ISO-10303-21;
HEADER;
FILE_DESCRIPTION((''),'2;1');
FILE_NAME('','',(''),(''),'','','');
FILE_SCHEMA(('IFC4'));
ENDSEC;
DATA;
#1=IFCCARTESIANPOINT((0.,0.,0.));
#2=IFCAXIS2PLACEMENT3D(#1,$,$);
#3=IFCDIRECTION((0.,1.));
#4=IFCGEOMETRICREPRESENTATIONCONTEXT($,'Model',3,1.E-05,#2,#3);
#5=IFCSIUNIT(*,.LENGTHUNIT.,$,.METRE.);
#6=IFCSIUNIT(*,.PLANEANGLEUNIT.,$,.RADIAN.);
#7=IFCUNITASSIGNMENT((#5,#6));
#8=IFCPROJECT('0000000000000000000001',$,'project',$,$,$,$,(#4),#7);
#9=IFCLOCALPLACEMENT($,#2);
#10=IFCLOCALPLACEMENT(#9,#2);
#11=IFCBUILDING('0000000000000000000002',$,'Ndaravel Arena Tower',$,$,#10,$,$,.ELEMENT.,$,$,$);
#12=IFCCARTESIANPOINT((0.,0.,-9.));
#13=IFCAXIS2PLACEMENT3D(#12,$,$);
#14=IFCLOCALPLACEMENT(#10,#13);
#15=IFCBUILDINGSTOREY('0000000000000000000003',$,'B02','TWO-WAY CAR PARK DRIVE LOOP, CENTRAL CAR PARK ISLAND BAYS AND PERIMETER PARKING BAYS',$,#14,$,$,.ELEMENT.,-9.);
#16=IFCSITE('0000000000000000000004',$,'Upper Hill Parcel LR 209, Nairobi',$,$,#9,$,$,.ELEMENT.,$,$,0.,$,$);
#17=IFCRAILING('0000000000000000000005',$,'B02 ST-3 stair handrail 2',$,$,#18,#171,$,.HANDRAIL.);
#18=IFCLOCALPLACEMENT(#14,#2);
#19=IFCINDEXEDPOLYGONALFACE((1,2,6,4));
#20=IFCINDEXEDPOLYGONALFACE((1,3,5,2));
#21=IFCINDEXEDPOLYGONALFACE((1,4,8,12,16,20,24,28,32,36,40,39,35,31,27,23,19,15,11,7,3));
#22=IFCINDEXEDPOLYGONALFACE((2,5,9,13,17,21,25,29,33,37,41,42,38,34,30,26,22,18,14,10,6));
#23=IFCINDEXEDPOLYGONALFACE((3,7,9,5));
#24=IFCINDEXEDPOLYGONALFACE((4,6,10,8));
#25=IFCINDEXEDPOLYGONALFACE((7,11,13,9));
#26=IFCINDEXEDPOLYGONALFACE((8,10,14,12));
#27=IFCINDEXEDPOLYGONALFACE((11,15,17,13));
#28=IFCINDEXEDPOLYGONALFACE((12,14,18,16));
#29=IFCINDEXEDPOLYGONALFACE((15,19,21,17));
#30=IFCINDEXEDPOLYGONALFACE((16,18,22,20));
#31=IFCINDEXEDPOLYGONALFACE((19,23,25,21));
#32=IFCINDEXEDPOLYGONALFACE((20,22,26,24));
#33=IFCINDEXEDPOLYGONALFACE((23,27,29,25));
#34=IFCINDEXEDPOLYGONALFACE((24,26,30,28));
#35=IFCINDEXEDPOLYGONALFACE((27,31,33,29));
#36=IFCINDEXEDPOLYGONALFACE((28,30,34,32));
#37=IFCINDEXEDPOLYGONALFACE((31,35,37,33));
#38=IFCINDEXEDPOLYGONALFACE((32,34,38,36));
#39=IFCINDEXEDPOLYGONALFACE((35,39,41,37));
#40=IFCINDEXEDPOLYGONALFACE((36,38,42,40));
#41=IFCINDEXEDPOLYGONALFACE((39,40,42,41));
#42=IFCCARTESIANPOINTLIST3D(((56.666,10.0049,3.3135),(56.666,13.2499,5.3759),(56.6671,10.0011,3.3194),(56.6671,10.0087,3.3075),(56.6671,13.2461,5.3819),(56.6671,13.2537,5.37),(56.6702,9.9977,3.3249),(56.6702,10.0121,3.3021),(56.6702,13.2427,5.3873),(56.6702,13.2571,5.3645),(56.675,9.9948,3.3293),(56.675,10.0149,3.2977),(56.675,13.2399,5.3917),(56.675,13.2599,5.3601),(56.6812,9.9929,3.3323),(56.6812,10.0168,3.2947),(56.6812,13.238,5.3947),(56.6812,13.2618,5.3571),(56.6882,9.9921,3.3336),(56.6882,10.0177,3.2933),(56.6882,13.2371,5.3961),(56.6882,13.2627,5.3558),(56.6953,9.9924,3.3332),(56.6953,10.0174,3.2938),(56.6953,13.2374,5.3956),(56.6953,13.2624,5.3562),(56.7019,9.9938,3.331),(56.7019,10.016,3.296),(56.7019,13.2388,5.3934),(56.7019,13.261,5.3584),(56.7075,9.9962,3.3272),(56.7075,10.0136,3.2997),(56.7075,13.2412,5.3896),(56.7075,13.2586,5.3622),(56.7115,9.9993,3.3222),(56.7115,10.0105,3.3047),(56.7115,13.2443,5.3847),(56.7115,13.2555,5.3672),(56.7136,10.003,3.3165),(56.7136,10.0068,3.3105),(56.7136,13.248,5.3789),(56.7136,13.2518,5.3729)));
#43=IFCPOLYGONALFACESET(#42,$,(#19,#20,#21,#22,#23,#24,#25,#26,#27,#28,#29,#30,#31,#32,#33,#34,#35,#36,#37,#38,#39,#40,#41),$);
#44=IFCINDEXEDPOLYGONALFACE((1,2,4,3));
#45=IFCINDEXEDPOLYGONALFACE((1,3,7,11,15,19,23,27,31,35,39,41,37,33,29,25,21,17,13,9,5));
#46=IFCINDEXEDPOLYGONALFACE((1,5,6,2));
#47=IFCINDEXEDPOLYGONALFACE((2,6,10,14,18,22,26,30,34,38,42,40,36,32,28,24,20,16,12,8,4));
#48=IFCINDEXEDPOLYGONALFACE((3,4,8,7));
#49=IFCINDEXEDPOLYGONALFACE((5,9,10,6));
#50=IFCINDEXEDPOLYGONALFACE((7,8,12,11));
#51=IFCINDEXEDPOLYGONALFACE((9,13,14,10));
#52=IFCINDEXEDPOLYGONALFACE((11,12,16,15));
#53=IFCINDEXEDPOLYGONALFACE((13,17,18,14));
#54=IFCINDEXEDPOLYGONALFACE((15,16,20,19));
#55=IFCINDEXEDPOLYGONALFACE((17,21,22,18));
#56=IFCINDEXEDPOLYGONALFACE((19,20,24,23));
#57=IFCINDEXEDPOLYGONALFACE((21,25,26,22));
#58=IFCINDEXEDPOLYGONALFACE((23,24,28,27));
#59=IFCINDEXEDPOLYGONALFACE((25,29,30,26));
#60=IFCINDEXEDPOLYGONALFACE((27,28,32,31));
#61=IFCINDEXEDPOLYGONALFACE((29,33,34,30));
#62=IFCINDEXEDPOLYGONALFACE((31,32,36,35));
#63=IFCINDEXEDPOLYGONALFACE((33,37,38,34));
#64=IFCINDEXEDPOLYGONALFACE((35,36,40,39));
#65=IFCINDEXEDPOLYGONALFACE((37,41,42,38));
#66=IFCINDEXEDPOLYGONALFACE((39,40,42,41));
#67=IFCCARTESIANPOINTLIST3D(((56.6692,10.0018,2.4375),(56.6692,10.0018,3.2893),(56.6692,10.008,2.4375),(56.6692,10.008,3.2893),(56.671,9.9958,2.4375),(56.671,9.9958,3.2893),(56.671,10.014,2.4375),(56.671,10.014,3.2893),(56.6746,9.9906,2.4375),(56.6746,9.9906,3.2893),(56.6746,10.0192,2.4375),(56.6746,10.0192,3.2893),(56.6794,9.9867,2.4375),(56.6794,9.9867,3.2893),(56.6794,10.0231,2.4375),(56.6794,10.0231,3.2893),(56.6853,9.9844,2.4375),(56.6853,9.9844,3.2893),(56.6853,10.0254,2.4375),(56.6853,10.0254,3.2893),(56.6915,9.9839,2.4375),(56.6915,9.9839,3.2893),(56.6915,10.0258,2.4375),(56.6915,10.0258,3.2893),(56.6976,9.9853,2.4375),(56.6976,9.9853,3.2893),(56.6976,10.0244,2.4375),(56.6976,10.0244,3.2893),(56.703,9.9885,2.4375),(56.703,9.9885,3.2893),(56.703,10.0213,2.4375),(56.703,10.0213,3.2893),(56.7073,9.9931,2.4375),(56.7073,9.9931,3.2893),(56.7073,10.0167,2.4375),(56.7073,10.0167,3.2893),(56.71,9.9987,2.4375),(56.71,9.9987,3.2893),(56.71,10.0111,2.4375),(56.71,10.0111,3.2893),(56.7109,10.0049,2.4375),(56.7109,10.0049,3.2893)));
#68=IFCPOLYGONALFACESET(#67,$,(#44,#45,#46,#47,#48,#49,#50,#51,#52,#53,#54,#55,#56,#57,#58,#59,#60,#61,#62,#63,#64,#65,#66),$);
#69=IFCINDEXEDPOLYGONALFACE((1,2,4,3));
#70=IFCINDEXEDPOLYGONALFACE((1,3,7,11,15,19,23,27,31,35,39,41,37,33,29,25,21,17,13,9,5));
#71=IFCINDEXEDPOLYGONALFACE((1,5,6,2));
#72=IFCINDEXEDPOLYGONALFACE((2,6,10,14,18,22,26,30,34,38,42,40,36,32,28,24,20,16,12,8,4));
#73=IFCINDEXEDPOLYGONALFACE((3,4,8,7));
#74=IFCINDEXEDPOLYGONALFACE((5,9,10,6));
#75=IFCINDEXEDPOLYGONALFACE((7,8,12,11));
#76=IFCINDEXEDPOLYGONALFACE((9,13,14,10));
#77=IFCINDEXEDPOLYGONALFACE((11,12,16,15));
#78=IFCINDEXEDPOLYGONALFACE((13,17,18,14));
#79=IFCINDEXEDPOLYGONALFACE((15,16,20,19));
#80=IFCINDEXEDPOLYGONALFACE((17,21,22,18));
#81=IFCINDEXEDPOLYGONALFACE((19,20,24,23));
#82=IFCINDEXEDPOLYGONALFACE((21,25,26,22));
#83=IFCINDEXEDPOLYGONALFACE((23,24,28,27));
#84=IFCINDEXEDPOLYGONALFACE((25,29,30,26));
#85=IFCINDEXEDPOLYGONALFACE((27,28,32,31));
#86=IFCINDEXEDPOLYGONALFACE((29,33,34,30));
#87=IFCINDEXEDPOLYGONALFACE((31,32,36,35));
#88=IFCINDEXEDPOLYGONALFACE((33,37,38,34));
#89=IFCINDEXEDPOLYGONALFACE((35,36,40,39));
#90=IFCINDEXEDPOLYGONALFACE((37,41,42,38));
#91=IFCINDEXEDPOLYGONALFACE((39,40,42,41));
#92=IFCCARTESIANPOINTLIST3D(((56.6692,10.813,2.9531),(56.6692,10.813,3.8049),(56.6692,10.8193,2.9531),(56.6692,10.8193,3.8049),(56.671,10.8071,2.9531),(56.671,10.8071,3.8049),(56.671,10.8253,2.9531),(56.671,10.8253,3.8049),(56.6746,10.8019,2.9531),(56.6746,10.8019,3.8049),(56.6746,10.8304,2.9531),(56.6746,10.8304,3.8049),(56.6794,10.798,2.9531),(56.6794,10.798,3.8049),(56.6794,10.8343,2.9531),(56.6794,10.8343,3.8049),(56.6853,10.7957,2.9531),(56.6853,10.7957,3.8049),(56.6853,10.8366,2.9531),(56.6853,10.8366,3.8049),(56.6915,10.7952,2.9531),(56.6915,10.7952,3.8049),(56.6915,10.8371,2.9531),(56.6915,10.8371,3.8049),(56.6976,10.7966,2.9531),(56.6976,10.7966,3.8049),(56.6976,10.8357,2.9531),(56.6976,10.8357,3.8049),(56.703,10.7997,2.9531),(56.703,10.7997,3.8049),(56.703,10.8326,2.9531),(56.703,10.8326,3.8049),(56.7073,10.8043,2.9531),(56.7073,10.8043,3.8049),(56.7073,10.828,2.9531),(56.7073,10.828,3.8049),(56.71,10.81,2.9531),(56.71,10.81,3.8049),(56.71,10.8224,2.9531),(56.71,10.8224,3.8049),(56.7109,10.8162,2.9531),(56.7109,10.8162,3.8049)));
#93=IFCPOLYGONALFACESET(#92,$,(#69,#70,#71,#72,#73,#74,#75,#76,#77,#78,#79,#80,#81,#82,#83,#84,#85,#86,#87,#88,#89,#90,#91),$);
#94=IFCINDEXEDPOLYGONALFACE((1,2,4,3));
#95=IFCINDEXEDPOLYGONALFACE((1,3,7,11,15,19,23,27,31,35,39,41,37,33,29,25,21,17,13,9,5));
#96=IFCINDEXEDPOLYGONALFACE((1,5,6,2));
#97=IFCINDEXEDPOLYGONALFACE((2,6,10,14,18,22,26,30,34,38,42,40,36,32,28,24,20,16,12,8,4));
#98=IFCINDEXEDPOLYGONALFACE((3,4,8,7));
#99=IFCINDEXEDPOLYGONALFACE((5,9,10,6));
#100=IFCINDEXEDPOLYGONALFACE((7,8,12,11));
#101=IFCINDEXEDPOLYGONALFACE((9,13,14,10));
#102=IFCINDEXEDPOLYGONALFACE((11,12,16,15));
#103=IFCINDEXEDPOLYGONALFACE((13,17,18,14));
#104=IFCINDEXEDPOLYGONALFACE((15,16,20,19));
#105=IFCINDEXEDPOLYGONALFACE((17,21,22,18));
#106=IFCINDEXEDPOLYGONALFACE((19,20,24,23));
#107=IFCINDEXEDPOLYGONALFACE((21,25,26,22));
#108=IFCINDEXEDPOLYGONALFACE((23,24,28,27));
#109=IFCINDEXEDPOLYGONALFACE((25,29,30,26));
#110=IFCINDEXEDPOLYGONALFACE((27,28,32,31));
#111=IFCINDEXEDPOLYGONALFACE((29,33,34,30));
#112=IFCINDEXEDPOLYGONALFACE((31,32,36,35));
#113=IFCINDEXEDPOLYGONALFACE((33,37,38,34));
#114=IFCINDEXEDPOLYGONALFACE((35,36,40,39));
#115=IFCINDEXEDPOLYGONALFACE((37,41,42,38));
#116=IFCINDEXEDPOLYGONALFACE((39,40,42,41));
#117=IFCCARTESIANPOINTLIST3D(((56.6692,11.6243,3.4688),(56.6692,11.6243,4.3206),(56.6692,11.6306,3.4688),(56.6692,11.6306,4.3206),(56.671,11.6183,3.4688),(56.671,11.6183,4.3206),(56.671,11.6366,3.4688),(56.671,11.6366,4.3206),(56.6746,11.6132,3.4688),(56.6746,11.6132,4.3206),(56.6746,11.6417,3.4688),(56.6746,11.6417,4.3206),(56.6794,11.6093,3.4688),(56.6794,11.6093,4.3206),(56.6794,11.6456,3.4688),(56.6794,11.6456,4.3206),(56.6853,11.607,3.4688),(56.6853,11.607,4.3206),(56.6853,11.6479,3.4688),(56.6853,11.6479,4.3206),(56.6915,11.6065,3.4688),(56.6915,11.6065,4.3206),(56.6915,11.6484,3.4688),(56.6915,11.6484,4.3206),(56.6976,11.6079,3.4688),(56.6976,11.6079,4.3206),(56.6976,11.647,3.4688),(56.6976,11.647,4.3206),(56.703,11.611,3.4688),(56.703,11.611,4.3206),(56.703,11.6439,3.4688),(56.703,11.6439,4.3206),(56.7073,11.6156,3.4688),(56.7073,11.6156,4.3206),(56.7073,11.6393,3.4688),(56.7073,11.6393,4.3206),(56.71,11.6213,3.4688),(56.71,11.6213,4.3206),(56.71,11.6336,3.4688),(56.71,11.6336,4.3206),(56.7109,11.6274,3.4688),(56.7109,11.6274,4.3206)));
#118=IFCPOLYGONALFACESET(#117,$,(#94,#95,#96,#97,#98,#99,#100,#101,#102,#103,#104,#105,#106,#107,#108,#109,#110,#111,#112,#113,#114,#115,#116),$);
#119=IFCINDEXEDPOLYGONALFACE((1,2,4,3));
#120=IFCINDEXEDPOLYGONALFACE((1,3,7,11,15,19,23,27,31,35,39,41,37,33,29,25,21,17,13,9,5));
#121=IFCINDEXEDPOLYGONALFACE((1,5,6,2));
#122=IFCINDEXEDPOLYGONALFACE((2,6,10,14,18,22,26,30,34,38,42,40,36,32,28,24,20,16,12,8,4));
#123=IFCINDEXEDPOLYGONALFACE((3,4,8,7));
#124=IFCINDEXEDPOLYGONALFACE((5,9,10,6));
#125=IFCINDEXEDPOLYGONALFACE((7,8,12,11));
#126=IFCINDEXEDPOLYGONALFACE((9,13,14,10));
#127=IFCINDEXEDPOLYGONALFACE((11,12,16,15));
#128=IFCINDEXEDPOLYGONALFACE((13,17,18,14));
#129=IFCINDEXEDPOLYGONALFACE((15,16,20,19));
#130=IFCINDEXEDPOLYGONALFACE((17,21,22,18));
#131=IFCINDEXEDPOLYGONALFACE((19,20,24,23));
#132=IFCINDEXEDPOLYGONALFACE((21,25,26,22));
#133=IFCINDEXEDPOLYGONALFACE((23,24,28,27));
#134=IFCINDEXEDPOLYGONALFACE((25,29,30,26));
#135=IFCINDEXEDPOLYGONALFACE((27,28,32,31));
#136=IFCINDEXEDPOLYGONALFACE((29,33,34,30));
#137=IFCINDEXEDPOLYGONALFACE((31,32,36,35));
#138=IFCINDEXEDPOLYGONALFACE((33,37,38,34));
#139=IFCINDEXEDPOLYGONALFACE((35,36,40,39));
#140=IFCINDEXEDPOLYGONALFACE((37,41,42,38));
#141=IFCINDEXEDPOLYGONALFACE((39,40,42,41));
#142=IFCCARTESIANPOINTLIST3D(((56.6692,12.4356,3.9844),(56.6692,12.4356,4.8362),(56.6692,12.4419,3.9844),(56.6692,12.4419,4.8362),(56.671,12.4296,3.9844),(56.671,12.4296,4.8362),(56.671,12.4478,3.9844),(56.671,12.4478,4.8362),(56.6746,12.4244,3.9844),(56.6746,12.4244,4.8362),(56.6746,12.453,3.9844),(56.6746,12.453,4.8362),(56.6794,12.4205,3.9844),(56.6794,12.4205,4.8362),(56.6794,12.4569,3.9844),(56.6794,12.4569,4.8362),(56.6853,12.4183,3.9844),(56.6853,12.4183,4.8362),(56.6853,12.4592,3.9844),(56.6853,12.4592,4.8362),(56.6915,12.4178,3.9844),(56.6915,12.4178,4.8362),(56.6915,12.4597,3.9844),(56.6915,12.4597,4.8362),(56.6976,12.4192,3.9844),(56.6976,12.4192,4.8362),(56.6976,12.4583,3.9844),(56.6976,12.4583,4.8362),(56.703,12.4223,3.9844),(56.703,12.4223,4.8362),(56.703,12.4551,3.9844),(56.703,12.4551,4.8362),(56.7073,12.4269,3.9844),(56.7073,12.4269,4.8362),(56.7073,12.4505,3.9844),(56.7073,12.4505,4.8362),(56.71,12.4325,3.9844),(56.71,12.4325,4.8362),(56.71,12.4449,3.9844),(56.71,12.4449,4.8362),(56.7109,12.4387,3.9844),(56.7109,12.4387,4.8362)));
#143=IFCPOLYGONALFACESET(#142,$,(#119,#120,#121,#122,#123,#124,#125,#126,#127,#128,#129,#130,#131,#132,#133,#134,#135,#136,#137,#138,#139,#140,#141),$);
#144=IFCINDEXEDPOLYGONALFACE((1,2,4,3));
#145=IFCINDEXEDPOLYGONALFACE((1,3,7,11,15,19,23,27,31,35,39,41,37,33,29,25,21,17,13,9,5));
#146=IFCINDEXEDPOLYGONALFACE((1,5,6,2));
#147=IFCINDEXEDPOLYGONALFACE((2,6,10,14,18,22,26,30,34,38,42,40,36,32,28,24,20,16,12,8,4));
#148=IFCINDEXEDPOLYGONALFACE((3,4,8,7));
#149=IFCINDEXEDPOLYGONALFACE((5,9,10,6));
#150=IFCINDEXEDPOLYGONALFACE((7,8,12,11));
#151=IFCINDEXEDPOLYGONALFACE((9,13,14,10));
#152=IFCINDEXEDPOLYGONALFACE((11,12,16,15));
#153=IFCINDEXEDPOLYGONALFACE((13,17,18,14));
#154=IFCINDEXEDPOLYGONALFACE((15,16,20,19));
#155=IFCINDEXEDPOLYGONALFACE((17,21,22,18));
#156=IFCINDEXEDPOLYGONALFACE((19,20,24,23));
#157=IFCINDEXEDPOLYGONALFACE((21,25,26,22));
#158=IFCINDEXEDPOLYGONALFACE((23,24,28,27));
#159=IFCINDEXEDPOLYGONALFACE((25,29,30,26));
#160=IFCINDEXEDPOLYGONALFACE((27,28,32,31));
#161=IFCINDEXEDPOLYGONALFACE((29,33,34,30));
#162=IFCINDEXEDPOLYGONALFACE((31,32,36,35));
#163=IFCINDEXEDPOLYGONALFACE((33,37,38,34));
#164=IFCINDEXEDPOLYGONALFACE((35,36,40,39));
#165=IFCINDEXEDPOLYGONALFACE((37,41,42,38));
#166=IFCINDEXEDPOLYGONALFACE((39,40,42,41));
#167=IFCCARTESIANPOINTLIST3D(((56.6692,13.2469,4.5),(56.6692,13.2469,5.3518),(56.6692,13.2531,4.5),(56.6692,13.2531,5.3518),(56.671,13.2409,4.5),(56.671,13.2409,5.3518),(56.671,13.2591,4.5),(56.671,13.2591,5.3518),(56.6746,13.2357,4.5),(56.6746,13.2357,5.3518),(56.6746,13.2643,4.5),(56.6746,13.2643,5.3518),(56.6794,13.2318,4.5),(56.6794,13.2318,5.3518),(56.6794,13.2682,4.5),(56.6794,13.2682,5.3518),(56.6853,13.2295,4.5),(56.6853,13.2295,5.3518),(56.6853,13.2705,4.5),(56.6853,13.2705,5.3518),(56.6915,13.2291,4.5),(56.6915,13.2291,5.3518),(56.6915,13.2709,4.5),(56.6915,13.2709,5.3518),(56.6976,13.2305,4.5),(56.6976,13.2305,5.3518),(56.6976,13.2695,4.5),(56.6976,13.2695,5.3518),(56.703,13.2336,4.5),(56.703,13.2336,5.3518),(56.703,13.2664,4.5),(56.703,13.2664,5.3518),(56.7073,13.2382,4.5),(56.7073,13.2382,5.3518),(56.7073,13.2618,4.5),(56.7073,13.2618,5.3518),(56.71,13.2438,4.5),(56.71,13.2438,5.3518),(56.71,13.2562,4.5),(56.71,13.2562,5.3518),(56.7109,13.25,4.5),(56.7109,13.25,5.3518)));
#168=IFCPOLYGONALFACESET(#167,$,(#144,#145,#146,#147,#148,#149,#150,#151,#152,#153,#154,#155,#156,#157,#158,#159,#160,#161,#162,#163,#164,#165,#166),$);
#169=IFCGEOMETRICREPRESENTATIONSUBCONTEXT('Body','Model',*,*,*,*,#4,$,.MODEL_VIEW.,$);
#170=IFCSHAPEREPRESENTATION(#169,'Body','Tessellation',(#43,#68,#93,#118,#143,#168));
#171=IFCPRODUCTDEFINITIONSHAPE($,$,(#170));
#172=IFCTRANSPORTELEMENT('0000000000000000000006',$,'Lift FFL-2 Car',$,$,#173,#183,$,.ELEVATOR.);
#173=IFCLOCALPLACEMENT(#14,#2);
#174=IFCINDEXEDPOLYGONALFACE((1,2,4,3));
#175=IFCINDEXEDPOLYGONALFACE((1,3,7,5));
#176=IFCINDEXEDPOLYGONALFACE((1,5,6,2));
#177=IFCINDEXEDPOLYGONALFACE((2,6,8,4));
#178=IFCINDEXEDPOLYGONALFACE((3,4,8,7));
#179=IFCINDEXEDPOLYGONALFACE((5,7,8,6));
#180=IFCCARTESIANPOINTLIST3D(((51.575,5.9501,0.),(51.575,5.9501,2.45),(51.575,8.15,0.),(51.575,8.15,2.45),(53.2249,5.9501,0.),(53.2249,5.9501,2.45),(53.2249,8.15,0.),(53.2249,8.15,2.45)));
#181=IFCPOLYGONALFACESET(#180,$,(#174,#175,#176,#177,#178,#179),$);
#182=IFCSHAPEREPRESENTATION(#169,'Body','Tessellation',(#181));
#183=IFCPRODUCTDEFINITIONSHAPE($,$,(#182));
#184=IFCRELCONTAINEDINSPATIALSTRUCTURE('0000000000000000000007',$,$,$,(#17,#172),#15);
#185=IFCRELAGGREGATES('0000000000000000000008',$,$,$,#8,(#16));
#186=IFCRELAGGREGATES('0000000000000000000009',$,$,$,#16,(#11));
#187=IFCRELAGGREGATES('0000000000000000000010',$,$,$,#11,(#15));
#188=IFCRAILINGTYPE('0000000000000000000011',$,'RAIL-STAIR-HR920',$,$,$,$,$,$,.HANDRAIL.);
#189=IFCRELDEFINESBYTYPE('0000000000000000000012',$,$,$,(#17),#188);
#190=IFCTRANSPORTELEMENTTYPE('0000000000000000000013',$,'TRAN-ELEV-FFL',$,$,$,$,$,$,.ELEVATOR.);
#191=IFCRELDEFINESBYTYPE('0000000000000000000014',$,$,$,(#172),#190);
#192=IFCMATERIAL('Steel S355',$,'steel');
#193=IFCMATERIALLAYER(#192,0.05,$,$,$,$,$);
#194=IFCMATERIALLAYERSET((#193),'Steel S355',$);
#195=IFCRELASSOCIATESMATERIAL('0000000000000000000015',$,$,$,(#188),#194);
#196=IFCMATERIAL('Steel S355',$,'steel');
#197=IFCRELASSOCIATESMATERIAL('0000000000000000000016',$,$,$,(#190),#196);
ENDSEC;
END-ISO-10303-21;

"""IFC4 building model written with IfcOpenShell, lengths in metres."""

from ifc_helpers import new_model, si_unit, direction, frame, origin, origin_2d, place, context, subcontext, project, spatial, rectangle, circle, extrude, material, layer, layer_set, type_object, element, save


model = new_model("IFC4")

# Units and contexts
model_context = context("Model", 3, precision=1e-05, world=origin(), true_north=direction((0.0, 1.0)))
body_context = subcontext(model_context, "Body", "Model", "MODEL_VIEW")
ifc_project = project(units=[si_unit("LENGTHUNIT", "METRE"), si_unit("PLANEANGLEUNIT", "RADIAN")], contexts=[model_context])

# Site, building, storey
site_placement = place(None, origin())
site = spatial("IfcSite", under=ifc_project, at=site_placement, Name="Upper Hill Parcel LR 209, Nairobi", CompositionType="ELEMENT", RefElevation=0.0)
building_placement = place(site_placement, origin())
building = spatial("IfcBuilding", under=site, at=building_placement, Name="Ndaravel Arena Tower", CompositionType="ELEMENT")
storey_placement = place(building_placement, frame((0.0, 0.0, -9.0)))
storey = spatial("IfcBuildingStorey", under=building, at=storey_placement, Name="B02", Description="TWO-WAY CAR PARK DRIVE LOOP, CENTRAL CAR PARK ISLAND BAYS AND PERIMETER PARKING BAYS", CompositionType="ELEMENT", Elevation=-9.0)

# Railing
ifc_material_1 = material(Name="Steel S355", Category="steel")
ifc_layer_1 = layer(ifc_material_1, 0.05)
ifc_layer_set_1 = layer_set([ifc_layer_1], Name="Steel S355")
railing_type_1 = type_object("IfcRailingType", Name="RAIL-STAIR-HR920", PredefinedType="HANDRAIL", material=ifc_layer_set_1)
railing_1_placement = place(storey_placement, frame((56.6899, 10.0049, 2.4375)))
element("IfcRailing", 1, at=railing_1_placement, inside=storey, type_object=railing_type_1, Name="B02 ST-3 stair handrail 2", PredefinedType="HANDRAIL", context=body_context, shape_type="SweptSolid", body=[
    extrude(circle(Radius=0.0239, at=origin_2d()), frame((0.0, 0.0, 0.876), z_axis=(0.0, 0.843965, 0.536399), x_axis=(-1.0, 0.0, 0.0)), (0.0, 0.0, 1.0), 3.845),
    extrude(circle(Radius=0.021, at=origin_2d()), origin(), (0.0, 0.0, 1.0), 0.8518),
    extrude(circle(Radius=0.021, at=origin_2d()), frame((0.0, 0.8113, 0.5156)), (0.0, 0.0, 1.0), 0.8518),
    extrude(circle(Radius=0.021, at=origin_2d()), frame((0.0, 1.6226, 1.0312)), (0.0, 0.0, 1.0), 0.8518),
    extrude(circle(Radius=0.021, at=origin_2d()), frame((0.0, 2.4338, 1.5469)), (0.0, 0.0, 1.0), 0.8518),
    extrude(circle(Radius=0.021, at=origin_2d()), frame((0.0, 3.2451, 2.0625)), (0.0, 0.0, 1.0), 0.8518),
])

# Transport element
ifc_material_2 = material(Name="Steel S355", Category="steel")
transport_element_type = type_object("IfcTransportElementType", Name="TRAN-ELEV-FFL", PredefinedType="ELEVATOR", material=ifc_material_2)
transport_element_placement = place(storey_placement, frame((52.3999, 7.05, 0.0), z_axis=(0.0, 0.0, 1.0), x_axis=(1.0, 0.0, 0.0)))
element("IfcTransportElement", 2, at=transport_element_placement, inside=storey, type_object=transport_element_type, Name="Lift FFL-2 Car", PredefinedType="ELEVATOR", context=body_context, shape_type="SweptSolid", body=[
    extrude(rectangle(XDim=1.6499, YDim=2.2, at=origin_2d()), origin(), (0.0, 0.0, 1.0), 2.45),
])

save(model, "model.ifc")
